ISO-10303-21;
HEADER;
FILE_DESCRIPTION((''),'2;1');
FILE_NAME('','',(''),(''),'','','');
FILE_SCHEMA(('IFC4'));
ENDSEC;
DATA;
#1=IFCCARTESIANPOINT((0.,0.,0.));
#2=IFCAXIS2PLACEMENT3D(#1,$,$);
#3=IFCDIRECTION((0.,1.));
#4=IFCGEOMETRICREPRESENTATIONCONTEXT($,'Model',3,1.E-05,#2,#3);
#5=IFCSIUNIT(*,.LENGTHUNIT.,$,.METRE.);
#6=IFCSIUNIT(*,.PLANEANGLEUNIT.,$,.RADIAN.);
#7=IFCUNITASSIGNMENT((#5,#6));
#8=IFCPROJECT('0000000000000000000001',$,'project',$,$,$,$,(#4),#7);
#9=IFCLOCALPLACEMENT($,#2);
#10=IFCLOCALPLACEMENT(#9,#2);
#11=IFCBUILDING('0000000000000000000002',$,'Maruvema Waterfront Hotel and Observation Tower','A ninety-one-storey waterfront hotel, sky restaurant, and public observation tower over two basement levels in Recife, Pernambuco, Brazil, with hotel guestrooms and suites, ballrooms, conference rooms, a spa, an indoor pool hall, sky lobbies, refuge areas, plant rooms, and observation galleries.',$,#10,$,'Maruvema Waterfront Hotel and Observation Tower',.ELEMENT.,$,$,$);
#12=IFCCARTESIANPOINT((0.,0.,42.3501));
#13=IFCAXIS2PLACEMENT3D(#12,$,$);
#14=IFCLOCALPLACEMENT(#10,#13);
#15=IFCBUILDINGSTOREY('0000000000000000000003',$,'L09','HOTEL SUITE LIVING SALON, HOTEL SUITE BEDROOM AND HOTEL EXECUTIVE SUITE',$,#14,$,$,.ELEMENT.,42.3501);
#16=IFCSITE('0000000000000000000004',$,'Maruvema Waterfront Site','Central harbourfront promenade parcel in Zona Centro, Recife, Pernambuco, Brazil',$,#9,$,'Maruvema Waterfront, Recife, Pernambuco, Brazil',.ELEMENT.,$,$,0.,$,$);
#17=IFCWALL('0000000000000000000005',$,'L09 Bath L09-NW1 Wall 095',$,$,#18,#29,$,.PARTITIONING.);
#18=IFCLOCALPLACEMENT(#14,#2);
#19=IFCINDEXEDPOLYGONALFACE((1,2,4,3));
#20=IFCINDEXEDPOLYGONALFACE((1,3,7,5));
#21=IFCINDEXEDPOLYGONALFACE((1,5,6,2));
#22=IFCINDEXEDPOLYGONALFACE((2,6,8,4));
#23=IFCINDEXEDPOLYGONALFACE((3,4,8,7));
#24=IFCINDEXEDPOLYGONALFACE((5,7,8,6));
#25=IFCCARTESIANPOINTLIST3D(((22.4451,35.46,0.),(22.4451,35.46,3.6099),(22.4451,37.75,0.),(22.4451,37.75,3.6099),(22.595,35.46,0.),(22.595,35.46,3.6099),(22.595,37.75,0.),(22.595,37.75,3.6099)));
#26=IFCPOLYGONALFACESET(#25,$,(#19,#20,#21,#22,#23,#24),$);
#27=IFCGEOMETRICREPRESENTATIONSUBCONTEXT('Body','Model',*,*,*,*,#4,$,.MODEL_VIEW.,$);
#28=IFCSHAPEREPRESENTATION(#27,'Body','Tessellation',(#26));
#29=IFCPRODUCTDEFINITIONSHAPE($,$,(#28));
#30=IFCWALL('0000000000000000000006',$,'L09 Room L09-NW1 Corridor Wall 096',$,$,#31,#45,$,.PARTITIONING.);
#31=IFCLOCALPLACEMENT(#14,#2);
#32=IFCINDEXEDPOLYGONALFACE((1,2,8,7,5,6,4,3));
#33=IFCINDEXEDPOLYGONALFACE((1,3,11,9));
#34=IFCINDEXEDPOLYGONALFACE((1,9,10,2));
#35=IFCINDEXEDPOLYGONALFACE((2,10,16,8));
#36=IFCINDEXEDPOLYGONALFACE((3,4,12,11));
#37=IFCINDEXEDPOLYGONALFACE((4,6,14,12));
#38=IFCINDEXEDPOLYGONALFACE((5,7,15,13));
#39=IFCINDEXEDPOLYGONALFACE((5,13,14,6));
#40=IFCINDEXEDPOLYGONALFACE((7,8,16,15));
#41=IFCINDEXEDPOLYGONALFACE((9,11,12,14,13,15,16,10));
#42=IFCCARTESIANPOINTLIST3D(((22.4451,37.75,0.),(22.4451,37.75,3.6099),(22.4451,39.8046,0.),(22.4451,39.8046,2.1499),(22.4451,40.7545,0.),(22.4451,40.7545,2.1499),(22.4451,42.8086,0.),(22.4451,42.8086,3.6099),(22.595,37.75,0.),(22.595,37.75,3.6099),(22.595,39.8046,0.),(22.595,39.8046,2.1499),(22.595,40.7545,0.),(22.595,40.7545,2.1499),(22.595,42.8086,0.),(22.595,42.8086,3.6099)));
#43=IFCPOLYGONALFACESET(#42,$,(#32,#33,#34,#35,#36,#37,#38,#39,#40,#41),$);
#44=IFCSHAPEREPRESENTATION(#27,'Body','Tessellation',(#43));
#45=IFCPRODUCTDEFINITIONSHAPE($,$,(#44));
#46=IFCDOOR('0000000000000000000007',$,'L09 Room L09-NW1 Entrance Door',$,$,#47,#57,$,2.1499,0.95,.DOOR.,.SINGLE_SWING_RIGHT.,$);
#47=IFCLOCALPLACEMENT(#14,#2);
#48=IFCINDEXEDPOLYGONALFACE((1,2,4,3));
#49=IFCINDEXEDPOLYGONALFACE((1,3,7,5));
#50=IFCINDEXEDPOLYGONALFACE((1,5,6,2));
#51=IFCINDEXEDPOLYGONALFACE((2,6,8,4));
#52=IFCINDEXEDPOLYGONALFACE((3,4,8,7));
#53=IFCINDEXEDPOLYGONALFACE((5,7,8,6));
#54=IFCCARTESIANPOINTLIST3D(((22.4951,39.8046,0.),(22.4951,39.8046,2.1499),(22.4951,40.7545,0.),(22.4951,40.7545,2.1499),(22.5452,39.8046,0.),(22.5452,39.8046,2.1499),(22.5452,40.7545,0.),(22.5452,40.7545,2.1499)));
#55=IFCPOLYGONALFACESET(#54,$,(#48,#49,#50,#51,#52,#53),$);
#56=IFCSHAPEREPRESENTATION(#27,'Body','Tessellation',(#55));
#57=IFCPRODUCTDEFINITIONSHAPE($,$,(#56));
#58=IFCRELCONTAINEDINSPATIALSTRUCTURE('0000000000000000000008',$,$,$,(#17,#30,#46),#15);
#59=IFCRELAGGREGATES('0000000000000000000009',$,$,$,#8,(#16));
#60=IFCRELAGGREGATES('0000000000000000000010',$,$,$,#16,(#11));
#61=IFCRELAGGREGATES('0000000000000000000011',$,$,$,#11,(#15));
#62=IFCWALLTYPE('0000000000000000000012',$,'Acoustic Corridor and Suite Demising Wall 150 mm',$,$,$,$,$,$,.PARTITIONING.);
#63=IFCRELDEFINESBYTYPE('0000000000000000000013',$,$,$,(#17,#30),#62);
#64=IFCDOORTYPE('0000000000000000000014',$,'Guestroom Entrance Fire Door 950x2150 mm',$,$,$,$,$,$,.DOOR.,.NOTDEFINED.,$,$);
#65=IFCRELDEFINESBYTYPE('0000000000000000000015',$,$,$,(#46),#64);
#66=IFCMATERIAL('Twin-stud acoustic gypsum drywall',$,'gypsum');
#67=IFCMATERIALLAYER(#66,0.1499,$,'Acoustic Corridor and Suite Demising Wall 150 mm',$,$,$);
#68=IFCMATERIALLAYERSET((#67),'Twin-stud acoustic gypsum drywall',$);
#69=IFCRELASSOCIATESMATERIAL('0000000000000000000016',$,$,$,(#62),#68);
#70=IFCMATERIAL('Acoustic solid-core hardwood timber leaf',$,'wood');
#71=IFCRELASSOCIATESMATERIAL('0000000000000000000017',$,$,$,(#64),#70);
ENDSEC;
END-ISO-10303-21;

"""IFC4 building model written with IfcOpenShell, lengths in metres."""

from ifc_helpers import new_model, si_unit, direction, frame, frame_2d, origin, place, context, subcontext, project, spatial, rectangle, extrude, material, layer, layer_set, type_object, element, fill, save


model = new_model("IFC4")

# Units and contexts
model_context = context("Model", 3, precision=1e-05, world=origin(), true_north=direction((0.0, 1.0)))
body_context = subcontext(model_context, "Body", "Model", "MODEL_VIEW")
ifc_project = project(units=[si_unit("LENGTHUNIT", "METRE"), si_unit("PLANEANGLEUNIT", "RADIAN")], contexts=[model_context])

# Site, building, storey
site_placement = place(None, origin())
site = spatial("IfcSite", under=ifc_project, at=site_placement, Name="Maruvema Waterfront Site", Description="Central harbourfront promenade parcel in Zona Centro, Recife, Pernambuco, Brazil", LongName="Maruvema Waterfront, Recife, Pernambuco, Brazil", CompositionType="ELEMENT", RefElevation=0.0)
building_placement = place(site_placement, origin())
building = spatial("IfcBuilding", under=site, at=building_placement, Name="Maruvema Waterfront Hotel and Observation Tower", Description="A ninety-one-storey waterfront hotel, sky restaurant, and public observation tower over two basement levels in Recife, Pernambuco, Brazil, with hotel guestrooms and suites, ballrooms, conference rooms, a spa, an indoor pool hall, sky lobbies, refuge areas, plant rooms, and observation galleries.", LongName="Maruvema Waterfront Hotel and Observation Tower", CompositionType="ELEMENT")
storey_placement = place(building_placement, frame((0.0, 0.0, 42.3501)))
storey = spatial("IfcBuildingStorey", under=building, at=storey_placement, Name="L09", Description="HOTEL SUITE LIVING SALON, HOTEL SUITE BEDROOM AND HOTEL EXECUTIVE SUITE", CompositionType="ELEMENT", Elevation=42.3501)

# Shared definitions
ifc_material_1 = material(Name="Twin-stud acoustic gypsum drywall", Category="gypsum")
ifc_layer_1 = layer(ifc_material_1, 0.1499, Name="Acoustic Corridor and Suite Demising Wall 150 mm")
ifc_layer_set_1 = layer_set([ifc_layer_1], Name="Twin-stud acoustic gypsum drywall")
wall_type_1 = type_object("IfcWallType", Name="Acoustic Corridor and Suite Demising Wall 150 mm", PredefinedType="PARTITIONING", material=ifc_layer_set_1)
ifc_material_2 = material(Name="Acoustic solid-core hardwood timber leaf", Category="wood")
door_type_1 = type_object("IfcDoorType", Name="Guestroom Entrance Fire Door 950x2150 mm", OperationType="NOTDEFINED", PredefinedType="DOOR", material=ifc_material_2)

# Wall
wall_1_placement = place(storey_placement, frame((22.52, 35.46, 0.0), z_axis=(0.0, 0.0, 1.0), x_axis=(0.0, 1.0, 0.0)))
element("IfcWall", 1, at=wall_1_placement, inside=storey, type_object=wall_type_1, Name="L09 Bath L09-NW1 Wall 095", PredefinedType="PARTITIONING", context=body_context, shape_type="SweptSolid", body=[
    extrude(rectangle(XDim=2.29, YDim=0.1499, at=frame_2d((1.145, 0.0))), origin(), (0.0, 0.0, 1.0), 3.6099),
])

# Wall, opening, door
wall_2_placement = place(storey_placement, frame((22.52, 37.75, 0.0), z_axis=(0.0, 0.0, 1.0), x_axis=(0.0, 1.0, 0.0)))
wall_2 = element("IfcWall", 2, at=wall_2_placement, inside=storey, type_object=wall_type_1, Name="L09 Room L09-NW1 Corridor Wall 096", PredefinedType="PARTITIONING", context=body_context, shape_type="SweptSolid", body=[
    extrude(rectangle(XDim=5.0586, YDim=0.1499, at=frame_2d((2.5293, 0.0))), origin(), (0.0, 0.0, 1.0), 3.6099),
])
opening_1_placement = place(wall_2_placement, frame((2.0544, 0.0, 0.0)))
opening_1 = element("IfcOpeningElement", 3, at=opening_1_placement, cuts=wall_2, PredefinedType="OPENING", context=body_context, shape_type="SweptSolid", body=[
    extrude(rectangle(XDim=0.95, YDim=2.1499, at=frame_2d((0.4751, 1.075))), frame((0.0, 0.085, 0.0), z_axis=(0.0, -1.0, 0.0), x_axis=(1.0, 0.0, 0.0)), (0.0, 0.0, 1.0), 0.1699),
])
door_1_placement = place(opening_1_placement, origin())
door_1 = element("IfcDoor", 4, at=door_1_placement, inside=storey, type_object=door_type_1, Name="L09 Room L09-NW1 Entrance Door", OperationType="SINGLE_SWING_RIGHT", OverallHeight=2.1499, OverallWidth=0.95, PredefinedType="DOOR", context=body_context, shape_type="SweptSolid", body=[
    extrude(rectangle(XDim=0.95, YDim=2.1499, at=frame_2d((0.4751, 1.075))), frame((0.0, 0.0249, 0.0), z_axis=(0.0, -1.0, 0.0), x_axis=(1.0, 0.0, 0.0)), (0.0, 0.0, 1.0), 0.05),
])
fill(opening_1, door_1)

save(model, "model.ifc")
